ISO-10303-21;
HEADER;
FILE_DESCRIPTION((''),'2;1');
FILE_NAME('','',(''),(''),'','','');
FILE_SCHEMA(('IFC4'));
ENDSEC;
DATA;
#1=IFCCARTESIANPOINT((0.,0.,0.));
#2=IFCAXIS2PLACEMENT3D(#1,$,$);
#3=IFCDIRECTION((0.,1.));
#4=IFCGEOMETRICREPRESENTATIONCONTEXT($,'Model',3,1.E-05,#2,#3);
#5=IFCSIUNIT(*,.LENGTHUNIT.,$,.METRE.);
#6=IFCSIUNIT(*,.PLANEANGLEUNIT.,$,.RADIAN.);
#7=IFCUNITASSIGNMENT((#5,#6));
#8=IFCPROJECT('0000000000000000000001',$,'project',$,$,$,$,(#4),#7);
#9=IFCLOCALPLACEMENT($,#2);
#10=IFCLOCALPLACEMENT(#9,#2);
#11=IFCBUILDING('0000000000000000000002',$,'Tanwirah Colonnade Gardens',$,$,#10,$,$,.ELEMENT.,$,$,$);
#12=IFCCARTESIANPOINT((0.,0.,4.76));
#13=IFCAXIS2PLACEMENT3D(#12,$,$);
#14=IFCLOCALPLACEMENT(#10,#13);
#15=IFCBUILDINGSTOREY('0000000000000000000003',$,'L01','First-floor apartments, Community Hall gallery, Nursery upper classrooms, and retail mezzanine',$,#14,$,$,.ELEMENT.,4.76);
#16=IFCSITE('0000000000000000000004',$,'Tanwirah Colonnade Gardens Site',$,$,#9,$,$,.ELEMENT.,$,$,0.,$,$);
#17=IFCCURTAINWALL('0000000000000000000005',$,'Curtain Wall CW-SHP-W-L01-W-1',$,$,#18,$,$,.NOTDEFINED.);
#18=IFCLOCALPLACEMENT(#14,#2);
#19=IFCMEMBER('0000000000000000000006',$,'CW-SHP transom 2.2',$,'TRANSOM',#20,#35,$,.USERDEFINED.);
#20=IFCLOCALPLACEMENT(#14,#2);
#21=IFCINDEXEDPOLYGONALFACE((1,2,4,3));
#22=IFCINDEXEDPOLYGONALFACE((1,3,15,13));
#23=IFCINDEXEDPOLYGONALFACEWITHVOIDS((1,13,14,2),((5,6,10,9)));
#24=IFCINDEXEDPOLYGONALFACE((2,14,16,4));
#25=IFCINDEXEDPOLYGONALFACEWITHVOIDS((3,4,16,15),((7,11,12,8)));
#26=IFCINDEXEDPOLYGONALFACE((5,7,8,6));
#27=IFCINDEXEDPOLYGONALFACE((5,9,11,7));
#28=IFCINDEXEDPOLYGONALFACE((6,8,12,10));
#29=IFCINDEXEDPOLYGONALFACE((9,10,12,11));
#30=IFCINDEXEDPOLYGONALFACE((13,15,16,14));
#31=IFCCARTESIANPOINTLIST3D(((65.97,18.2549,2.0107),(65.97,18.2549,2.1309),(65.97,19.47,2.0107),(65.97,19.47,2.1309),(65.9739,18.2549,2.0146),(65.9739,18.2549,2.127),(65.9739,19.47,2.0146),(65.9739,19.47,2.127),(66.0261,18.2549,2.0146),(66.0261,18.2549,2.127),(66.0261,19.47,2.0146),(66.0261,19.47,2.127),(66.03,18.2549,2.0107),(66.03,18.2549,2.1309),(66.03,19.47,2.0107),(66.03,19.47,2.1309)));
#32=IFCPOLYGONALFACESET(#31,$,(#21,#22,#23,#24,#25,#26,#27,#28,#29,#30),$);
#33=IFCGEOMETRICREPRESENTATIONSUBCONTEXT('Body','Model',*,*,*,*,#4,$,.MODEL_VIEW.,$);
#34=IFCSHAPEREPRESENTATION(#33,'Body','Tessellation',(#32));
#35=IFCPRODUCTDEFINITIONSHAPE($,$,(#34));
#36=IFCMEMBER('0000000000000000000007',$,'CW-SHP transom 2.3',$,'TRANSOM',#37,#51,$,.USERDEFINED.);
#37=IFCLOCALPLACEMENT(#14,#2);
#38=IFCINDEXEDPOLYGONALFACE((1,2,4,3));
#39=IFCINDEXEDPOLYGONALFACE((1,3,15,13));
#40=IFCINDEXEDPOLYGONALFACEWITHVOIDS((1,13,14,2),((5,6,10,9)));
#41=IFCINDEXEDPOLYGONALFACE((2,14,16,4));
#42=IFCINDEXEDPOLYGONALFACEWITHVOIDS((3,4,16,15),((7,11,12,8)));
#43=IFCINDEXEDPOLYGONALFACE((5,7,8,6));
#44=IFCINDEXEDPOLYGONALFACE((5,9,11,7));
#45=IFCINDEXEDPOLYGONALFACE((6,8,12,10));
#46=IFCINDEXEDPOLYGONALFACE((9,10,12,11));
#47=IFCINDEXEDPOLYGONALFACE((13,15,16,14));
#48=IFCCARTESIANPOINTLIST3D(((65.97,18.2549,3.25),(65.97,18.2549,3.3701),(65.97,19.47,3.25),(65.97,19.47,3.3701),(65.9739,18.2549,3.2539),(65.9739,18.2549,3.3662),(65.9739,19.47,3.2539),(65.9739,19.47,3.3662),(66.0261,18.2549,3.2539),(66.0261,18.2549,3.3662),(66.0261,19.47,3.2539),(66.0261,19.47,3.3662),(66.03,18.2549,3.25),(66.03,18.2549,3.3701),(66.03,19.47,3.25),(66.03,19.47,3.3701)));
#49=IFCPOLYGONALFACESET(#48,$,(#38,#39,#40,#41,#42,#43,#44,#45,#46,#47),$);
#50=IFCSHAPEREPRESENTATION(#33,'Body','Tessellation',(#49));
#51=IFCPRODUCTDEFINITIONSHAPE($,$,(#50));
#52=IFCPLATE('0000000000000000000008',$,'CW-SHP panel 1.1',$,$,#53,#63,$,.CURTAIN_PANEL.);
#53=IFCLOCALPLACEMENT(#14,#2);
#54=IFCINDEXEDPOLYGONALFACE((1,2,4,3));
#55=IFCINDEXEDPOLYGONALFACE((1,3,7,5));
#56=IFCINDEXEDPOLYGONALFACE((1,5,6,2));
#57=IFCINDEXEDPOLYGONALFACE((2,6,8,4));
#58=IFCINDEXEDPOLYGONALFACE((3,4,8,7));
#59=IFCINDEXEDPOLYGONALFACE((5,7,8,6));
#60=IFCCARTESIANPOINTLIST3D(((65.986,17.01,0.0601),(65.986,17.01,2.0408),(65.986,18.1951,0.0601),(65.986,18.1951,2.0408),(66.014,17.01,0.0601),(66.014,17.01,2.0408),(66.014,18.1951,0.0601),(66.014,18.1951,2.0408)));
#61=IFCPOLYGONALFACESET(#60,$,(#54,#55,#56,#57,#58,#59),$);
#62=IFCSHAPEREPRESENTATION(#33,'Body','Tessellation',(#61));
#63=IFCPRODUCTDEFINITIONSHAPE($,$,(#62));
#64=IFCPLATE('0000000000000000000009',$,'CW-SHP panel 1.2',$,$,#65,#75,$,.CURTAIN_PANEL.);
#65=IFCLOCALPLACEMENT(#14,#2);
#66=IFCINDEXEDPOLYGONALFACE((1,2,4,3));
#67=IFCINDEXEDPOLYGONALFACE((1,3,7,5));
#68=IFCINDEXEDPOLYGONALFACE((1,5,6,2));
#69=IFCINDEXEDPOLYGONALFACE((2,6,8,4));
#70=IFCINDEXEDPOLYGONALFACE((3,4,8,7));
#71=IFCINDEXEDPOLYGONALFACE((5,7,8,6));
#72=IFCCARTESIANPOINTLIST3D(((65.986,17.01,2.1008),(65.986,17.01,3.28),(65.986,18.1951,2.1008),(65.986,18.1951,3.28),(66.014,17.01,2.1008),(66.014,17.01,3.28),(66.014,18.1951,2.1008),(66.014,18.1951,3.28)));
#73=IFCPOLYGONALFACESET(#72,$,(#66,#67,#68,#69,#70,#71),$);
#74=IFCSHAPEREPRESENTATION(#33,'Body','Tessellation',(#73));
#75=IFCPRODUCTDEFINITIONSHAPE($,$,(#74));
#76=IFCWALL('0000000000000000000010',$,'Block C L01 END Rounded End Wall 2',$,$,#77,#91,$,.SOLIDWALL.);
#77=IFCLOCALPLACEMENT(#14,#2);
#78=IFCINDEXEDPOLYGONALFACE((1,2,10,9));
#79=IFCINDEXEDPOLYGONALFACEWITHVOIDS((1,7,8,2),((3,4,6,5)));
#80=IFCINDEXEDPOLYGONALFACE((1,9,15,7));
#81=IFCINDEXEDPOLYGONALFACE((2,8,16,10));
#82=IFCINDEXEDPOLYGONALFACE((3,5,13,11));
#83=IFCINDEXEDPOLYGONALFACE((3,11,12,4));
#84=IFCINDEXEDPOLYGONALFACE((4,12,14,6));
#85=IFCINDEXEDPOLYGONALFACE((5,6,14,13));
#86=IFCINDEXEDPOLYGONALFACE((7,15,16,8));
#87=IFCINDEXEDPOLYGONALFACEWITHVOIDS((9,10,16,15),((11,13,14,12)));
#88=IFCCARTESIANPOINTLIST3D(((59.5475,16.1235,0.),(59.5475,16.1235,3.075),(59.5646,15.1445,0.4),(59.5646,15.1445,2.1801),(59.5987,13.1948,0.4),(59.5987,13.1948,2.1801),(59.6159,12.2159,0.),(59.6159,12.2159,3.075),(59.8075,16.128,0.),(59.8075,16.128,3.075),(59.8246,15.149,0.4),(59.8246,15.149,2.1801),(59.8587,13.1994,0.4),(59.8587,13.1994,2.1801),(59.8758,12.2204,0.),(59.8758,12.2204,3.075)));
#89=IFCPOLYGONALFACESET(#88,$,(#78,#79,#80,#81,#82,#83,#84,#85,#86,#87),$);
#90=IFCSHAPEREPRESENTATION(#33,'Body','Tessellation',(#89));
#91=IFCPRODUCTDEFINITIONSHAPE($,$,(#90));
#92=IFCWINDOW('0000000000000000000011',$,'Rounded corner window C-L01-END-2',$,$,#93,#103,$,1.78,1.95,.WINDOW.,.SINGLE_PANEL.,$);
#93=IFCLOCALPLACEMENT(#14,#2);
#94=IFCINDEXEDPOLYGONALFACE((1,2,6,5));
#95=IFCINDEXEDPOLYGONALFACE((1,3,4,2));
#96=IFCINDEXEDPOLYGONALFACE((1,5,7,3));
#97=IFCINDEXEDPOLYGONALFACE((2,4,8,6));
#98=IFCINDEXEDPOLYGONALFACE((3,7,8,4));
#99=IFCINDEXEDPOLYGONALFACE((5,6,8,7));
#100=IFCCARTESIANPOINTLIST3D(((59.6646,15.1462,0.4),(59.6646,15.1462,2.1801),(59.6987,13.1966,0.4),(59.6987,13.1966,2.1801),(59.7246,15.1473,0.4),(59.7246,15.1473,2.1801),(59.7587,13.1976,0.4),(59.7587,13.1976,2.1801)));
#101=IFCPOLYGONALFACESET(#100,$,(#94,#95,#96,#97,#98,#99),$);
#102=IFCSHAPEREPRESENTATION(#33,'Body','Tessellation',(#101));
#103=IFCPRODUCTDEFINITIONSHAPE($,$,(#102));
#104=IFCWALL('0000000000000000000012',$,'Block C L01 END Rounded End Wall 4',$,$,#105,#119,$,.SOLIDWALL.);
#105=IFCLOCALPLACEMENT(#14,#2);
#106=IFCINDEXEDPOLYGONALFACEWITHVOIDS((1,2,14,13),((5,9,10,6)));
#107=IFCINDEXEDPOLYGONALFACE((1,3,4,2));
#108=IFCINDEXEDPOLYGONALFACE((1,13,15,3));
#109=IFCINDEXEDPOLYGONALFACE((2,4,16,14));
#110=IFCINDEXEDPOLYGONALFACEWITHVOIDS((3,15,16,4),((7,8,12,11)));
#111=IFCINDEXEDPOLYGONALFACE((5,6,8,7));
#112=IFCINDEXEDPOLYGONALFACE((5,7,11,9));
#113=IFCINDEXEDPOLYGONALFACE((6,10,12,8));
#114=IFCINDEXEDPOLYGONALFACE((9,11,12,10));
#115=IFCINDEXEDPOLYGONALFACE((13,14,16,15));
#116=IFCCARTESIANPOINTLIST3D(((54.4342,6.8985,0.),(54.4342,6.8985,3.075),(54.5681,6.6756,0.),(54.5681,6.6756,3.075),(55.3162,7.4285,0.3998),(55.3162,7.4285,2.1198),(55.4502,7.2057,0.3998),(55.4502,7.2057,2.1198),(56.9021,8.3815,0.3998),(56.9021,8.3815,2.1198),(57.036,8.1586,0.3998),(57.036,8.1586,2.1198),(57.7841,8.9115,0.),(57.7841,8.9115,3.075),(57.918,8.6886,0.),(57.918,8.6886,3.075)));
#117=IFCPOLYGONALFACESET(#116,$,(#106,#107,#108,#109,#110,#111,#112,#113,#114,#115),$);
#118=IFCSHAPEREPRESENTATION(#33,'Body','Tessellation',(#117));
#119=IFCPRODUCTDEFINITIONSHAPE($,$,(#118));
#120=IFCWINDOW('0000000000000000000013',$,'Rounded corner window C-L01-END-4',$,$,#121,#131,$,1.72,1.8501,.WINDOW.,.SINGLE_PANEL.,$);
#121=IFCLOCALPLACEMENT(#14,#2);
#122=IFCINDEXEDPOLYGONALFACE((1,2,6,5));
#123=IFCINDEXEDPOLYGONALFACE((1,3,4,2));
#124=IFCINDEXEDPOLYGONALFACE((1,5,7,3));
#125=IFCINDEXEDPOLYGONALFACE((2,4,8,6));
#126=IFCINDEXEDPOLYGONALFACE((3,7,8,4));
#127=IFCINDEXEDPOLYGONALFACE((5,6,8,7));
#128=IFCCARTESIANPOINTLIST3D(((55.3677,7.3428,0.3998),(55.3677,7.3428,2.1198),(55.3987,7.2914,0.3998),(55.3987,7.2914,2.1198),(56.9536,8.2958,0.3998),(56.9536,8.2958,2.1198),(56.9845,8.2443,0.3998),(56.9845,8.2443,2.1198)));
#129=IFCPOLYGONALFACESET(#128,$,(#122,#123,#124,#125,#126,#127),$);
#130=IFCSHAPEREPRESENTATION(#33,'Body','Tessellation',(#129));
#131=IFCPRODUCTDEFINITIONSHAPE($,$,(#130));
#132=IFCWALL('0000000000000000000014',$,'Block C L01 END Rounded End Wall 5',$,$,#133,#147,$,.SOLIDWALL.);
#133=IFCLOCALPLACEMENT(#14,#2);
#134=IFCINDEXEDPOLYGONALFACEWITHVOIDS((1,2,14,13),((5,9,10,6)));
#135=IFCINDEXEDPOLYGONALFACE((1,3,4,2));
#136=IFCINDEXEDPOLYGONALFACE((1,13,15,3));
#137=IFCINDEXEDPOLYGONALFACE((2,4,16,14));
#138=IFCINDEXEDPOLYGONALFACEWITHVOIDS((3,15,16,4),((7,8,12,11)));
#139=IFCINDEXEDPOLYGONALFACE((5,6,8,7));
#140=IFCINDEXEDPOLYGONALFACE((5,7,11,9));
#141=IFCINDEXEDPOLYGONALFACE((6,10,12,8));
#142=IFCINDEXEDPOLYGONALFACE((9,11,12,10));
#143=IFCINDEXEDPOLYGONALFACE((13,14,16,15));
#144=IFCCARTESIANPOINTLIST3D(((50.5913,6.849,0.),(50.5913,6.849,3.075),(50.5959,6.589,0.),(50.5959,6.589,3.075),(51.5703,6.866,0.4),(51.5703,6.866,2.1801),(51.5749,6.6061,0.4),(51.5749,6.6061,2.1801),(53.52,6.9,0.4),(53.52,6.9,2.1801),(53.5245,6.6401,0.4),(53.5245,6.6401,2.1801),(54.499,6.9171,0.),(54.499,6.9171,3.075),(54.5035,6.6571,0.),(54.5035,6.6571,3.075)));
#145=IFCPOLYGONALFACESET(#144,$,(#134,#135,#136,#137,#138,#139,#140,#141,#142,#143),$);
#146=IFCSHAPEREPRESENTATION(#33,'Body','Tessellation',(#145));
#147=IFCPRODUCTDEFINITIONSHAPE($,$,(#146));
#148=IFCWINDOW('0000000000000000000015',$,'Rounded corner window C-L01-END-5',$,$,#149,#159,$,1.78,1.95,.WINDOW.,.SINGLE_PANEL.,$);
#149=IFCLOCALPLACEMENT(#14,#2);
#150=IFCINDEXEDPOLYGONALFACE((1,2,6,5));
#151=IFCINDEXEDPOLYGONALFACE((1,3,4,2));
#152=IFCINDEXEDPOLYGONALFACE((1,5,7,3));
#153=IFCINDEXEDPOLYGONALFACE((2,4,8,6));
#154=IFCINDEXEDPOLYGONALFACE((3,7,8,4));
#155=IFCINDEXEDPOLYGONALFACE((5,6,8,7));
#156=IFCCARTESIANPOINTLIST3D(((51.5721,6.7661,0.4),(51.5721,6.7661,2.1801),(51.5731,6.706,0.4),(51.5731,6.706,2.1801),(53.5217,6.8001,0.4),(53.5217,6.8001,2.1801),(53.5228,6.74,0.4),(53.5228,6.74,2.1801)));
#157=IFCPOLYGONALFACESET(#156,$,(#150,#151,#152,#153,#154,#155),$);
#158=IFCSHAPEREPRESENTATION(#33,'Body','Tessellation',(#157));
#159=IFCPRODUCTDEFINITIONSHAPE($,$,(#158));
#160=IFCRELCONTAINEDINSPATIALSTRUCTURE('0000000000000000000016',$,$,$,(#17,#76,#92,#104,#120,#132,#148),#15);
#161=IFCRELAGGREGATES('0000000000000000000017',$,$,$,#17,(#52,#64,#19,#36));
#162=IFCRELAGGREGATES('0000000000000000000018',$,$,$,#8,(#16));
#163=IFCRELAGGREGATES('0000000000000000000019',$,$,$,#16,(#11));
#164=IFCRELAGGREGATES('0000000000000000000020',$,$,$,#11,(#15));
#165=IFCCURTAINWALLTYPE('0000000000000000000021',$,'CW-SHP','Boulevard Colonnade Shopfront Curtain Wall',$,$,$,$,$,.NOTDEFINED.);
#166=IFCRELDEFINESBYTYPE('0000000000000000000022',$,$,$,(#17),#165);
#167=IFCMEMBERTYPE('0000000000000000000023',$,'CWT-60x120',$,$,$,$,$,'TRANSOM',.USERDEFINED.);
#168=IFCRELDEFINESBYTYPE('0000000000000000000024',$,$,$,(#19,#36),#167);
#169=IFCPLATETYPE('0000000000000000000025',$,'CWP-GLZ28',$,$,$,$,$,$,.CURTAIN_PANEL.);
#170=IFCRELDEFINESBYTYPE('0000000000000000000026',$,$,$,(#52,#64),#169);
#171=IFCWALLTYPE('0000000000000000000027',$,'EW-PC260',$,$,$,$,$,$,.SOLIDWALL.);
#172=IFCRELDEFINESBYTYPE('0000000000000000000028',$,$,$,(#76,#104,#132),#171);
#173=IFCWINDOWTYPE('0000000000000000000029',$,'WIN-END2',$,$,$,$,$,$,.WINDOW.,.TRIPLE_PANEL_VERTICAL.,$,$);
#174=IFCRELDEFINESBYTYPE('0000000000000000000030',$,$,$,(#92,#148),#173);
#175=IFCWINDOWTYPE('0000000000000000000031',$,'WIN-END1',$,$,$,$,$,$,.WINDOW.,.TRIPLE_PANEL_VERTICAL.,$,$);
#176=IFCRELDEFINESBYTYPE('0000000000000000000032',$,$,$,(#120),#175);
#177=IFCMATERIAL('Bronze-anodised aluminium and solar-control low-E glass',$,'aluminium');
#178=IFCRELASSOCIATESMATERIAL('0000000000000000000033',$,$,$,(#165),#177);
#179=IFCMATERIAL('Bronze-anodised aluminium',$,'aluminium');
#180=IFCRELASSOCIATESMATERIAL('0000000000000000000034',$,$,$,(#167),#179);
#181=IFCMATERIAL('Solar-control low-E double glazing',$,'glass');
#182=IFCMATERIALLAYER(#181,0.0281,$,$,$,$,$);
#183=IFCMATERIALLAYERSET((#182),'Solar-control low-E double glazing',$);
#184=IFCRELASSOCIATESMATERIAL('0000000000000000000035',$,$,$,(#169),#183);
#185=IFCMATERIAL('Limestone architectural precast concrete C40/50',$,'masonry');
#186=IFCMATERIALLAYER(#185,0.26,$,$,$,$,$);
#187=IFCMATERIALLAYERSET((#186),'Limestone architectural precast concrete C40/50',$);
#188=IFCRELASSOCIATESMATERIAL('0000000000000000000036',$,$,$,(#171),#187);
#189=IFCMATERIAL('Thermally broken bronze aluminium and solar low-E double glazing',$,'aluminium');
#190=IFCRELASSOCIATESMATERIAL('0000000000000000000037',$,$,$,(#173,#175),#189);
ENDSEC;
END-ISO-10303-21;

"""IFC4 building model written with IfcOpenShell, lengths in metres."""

from ifc_helpers import new_model, si_unit, direction, frame, frame_2d, origin, origin_2d, place, context, subcontext, project, spatial, rectangle, hollow_rectangle, extrude, material, layer, layer_set, material_profile, profile_set, type_object, element, fill, aggregate, save


model = new_model("IFC4")

# Units and contexts
model_context = context("Model", 3, precision=1e-05, world=origin(), true_north=direction((0.0, 1.0)))
body_context = subcontext(model_context, "Body", "Model", "MODEL_VIEW")
ifc_project = project(units=[si_unit("LENGTHUNIT", "METRE"), si_unit("PLANEANGLEUNIT", "RADIAN")], contexts=[model_context])

# Site, building, storey
site_placement = place(None, origin())
site = spatial("IfcSite", under=ifc_project, at=site_placement, Name="Tanwirah Colonnade Gardens Site", CompositionType="ELEMENT", RefElevation=0.0)
building_placement = place(site_placement, origin())
building = spatial("IfcBuilding", under=site, at=building_placement, Name="Tanwirah Colonnade Gardens", CompositionType="ELEMENT")
storey_placement = place(building_placement, frame((0.0, 0.0, 4.76)))
storey = spatial("IfcBuildingStorey", under=building, at=storey_placement, Name="L01", Description="First-floor apartments, Community Hall gallery, Nursery upper classrooms, and retail mezzanine", CompositionType="ELEMENT", Elevation=4.76)

# Curtain wall, members, plates
ifc_material_1 = material(Name="Bronze-anodised aluminium and solar-control low-E glass", Category="aluminium")
curtain_wall_type = type_object("IfcCurtainWallType", Name="CW-SHP", Description="Boulevard Colonnade Shopfront Curtain Wall", PredefinedType="NOTDEFINED", material=ifc_material_1)
curtain_wall_placement = place(storey_placement, origin())
curtain_wall = element("IfcCurtainWall", 1, at=curtain_wall_placement, inside=storey, type_object=curtain_wall_type, Name="Curtain Wall CW-SHP-W-L01-W-1", PredefinedType="NOTDEFINED")
ifc_material_2 = material(Name="Bronze-anodised aluminium", Category="aluminium")
ifc_material_profile_1 = material_profile(ifc_material_2, hollow_rectangle(XDim=0.0601, YDim=0.1201, WallThickness=0.0039, at=origin_2d()), Name="CW-TRN 60x120x4")
ifc_profile_set_1 = profile_set([ifc_material_profile_1], Name="Bronze-anodised aluminium")
member_type_1 = type_object("IfcMemberType", Name="CWT-60x120", ElementType="TRANSOM", PredefinedType="USERDEFINED", material=ifc_profile_set_1)
member_1_placement = place(storey_placement, frame((66.0, 18.2549, 2.0708), z_axis=(0.0, 1.0, 0.0), x_axis=(-1.0, 0.0, 0.0)))
member_1 = element("IfcMember", 2, at=member_1_placement, type_object=member_type_1, Name="CW-SHP transom 2.2", ObjectType="TRANSOM", PredefinedType="USERDEFINED", context=body_context, shape_type="SweptSolid", body=[
    extrude(hollow_rectangle(XDim=0.0601, YDim=0.1201, WallThickness=0.0039, at=origin_2d()), origin(), (0.0, 0.0, 1.0), 1.2151),
])
member_2_placement = place(storey_placement, frame((66.0, 18.2549, 3.3101), z_axis=(0.0, 1.0, 0.0), x_axis=(-1.0, 0.0, 0.0)))
member_2 = element("IfcMember", 3, at=member_2_placement, type_object=member_type_1, Name="CW-SHP transom 2.3", ObjectType="TRANSOM", PredefinedType="USERDEFINED", context=body_context, shape_type="SweptSolid", body=[
    extrude(hollow_rectangle(XDim=0.0601, YDim=0.1201, WallThickness=0.0039, at=origin_2d()), origin(), (0.0, 0.0, 1.0), 1.2151),
])
ifc_material_3 = material(Name="Solar-control low-E double glazing", Category="glass")
ifc_layer_1 = layer(ifc_material_3, 0.0281)
ifc_layer_set_1 = layer_set([ifc_layer_1], Name="Solar-control low-E double glazing")
plate_type = type_object("IfcPlateType", Name="CWP-GLZ28", PredefinedType="CURTAIN_PANEL", material=ifc_layer_set_1)
plate_1_placement = place(storey_placement, frame((66.0, 17.6025, 0.0601), z_axis=(0.0, 0.0, 1.0), x_axis=(0.0, 1.0, 0.0)))
plate_1 = element("IfcPlate", 4, at=plate_1_placement, type_object=plate_type, Name="CW-SHP panel 1.1", PredefinedType="CURTAIN_PANEL", context=body_context, shape_type="SweptSolid", body=[
    extrude(rectangle(XDim=1.1851, YDim=0.0281, at=origin_2d()), origin(), (0.0, 0.0, 1.0), 1.9807),
])
plate_2_placement = place(storey_placement, frame((66.0, 17.6025, 2.1008), z_axis=(0.0, 0.0, 1.0), x_axis=(0.0, 1.0, 0.0)))
plate_2 = element("IfcPlate", 5, at=plate_2_placement, type_object=plate_type, Name="CW-SHP panel 1.2", PredefinedType="CURTAIN_PANEL", context=body_context, shape_type="SweptSolid", body=[
    extrude(rectangle(XDim=1.1851, YDim=0.0281, at=origin_2d()), origin(), (0.0, 0.0, 1.0), 1.1792),
])
aggregate(curtain_wall, [plate_1, plate_2, member_1, member_2])

# Walls, openings, windows
ifc_material_4 = material(Name="Limestone architectural precast concrete C40/50", Category="masonry")
ifc_layer_2 = layer(ifc_material_4, 0.26)
ifc_layer_set_2 = layer_set([ifc_layer_2], Name="Limestone architectural precast concrete C40/50")
wall_type_1 = type_object("IfcWallType", Name="EW-PC260", PredefinedType="SOLIDWALL", material=ifc_layer_set_2)
wall_1_placement = place(storey_placement, frame((59.6775, 16.1257, 0.0), z_axis=(0.0, 0.0, 1.0), x_axis=(0.017491, -0.999847, 0.0)))
wall_1 = element("IfcWall", 6, at=wall_1_placement, inside=storey, type_object=wall_type_1, Name="Block C L01 END Rounded End Wall 2", PredefinedType="SOLIDWALL", context=body_context, shape_type="SweptSolid", body=[
    extrude(rectangle(XDim=3.9082, YDim=0.26, at=frame_2d((1.9541, 0.0))), origin(), (0.0, 0.0, 1.0), 3.075),
])
opening_1_placement = place(wall_1_placement, frame((0.979, 0.0, 0.3999)))
opening_1 = element("IfcOpeningElement", 7, at=opening_1_placement, cuts=wall_1, PredefinedType="OPENING", context=body_context, shape_type="SweptSolid", body=[
    extrude(rectangle(XDim=1.95, YDim=1.78, at=frame_2d((0.9751, 0.8901))), frame((0.0, 0.1399, 0.0), z_axis=(0.0, -1.0, 0.0), x_axis=(1.0, 0.0, 0.0)), (0.0, 0.0, 1.0), 0.28),
])
ifc_material_5 = material(Name="Thermally broken bronze aluminium and solar low-E double glazing", Category="aluminium")
window_type_1 = type_object("IfcWindowType", Name="WIN-END2", PartitioningType="TRIPLE_PANEL_VERTICAL", PredefinedType="WINDOW", material=ifc_material_5)
window_1_placement = place(opening_1_placement, origin())
window_1 = element("IfcWindow", 8, at=window_1_placement, inside=storey, type_object=window_type_1, Name="Rounded corner window C-L01-END-2", OverallHeight=1.78, OverallWidth=1.95, PartitioningType="SINGLE_PANEL", PredefinedType="WINDOW", context=body_context, shape_type="SweptSolid", body=[
    extrude(rectangle(XDim=1.95, YDim=1.78, at=frame_2d((0.9751, 0.8901))), frame((0.0, 0.03, 0.0), z_axis=(0.0, -1.0, 0.0), x_axis=(1.0, 0.0, 0.0)), (0.0, 0.0, 1.0), 0.0601),
])
fill(opening_1, window_1)
wall_2_placement = place(storey_placement, frame((57.8511, 8.8, 0.0), z_axis=(0.0, 0.0, 1.0), x_axis=(-0.857151, -0.515065, 0.0)))
wall_2 = element("IfcWall", 9, at=wall_2_placement, inside=storey, type_object=wall_type_1, Name="Block C L01 END Rounded End Wall 4", PredefinedType="SOLIDWALL", context=body_context, shape_type="SweptSolid", body=[
    extrude(rectangle(XDim=3.9082, YDim=0.26, at=frame_2d((1.9541, 0.0))), origin(), (0.0, 0.0, 1.0), 3.075),
])
opening_2_placement = place(wall_2_placement, frame((1.0291, 0.0, 0.3999)))
opening_2 = element("IfcOpeningElement", 10, at=opening_2_placement, cuts=wall_2, PredefinedType="OPENING", context=body_context, shape_type="SweptSolid", body=[
    extrude(rectangle(XDim=1.8501, YDim=1.72, at=frame_2d((0.925, 0.8599))), frame((0.0, 0.1399, 0.0), z_axis=(0.0, -1.0, 0.0), x_axis=(1.0, 0.0, 0.0)), (0.0, 0.0, 1.0), 0.28),
])
window_type_2 = type_object("IfcWindowType", Name="WIN-END1", PartitioningType="TRIPLE_PANEL_VERTICAL", PredefinedType="WINDOW", material=ifc_material_5)
window_2_placement = place(opening_2_placement, origin())
window_2 = element("IfcWindow", 11, at=window_2_placement, inside=storey, type_object=window_type_2, Name="Rounded corner window C-L01-END-4", OverallHeight=1.72, OverallWidth=1.8501, PartitioningType="SINGLE_PANEL", PredefinedType="WINDOW", context=body_context, shape_type="SweptSolid", body=[
    extrude(rectangle(XDim=1.8501, YDim=1.72, at=frame_2d((0.925, 0.8599))), frame((0.0, 0.03, 0.0), z_axis=(0.0, -1.0, 0.0), x_axis=(1.0, 0.0, 0.0)), (0.0, 0.0, 1.0), 0.0601),
])
fill(opening_2, window_2)
wall_3_placement = place(storey_placement, frame((54.5012, 6.7871, 0.0), z_axis=(0.0, 0.0, 1.0), x_axis=(-0.999848, -0.017428, 0.0)))
wall_3 = element("IfcWall", 12, at=wall_3_placement, inside=storey, type_object=wall_type_1, Name="Block C L01 END Rounded End Wall 5", PredefinedType="SOLIDWALL", context=body_context, shape_type="SweptSolid", body=[
    extrude(rectangle(XDim=3.9082, YDim=0.26, at=frame_2d((1.9541, 0.0))), origin(), (0.0, 0.0, 1.0), 3.075),
])
opening_3_placement = place(wall_3_placement, frame((0.979, 0.0, 0.3999)))
opening_3 = element("IfcOpeningElement", 13, at=opening_3_placement, cuts=wall_3, PredefinedType="OPENING", context=body_context, shape_type="SweptSolid", body=[
    extrude(rectangle(XDim=1.95, YDim=1.78, at=frame_2d((0.9751, 0.8901))), frame((0.0, 0.1399, 0.0), z_axis=(0.0, -1.0, 0.0), x_axis=(1.0, 0.0, 0.0)), (0.0, 0.0, 1.0), 0.28),
])
window_3_placement = place(opening_3_placement, origin())
window_3 = element("IfcWindow", 14, at=window_3_placement, inside=storey, type_object=window_type_1, Name="Rounded corner window C-L01-END-5", OverallHeight=1.78, OverallWidth=1.95, PartitioningType="SINGLE_PANEL", PredefinedType="WINDOW", context=body_context, shape_type="SweptSolid", body=[
    extrude(rectangle(XDim=1.95, YDim=1.78, at=frame_2d((0.9751, 0.8901))), frame((0.0, 0.03, 0.0), z_axis=(0.0, -1.0, 0.0), x_axis=(1.0, 0.0, 0.0)), (0.0, 0.0, 1.0), 0.0601),
])
fill(opening_3, window_3)

save(model, "model.ifc")
